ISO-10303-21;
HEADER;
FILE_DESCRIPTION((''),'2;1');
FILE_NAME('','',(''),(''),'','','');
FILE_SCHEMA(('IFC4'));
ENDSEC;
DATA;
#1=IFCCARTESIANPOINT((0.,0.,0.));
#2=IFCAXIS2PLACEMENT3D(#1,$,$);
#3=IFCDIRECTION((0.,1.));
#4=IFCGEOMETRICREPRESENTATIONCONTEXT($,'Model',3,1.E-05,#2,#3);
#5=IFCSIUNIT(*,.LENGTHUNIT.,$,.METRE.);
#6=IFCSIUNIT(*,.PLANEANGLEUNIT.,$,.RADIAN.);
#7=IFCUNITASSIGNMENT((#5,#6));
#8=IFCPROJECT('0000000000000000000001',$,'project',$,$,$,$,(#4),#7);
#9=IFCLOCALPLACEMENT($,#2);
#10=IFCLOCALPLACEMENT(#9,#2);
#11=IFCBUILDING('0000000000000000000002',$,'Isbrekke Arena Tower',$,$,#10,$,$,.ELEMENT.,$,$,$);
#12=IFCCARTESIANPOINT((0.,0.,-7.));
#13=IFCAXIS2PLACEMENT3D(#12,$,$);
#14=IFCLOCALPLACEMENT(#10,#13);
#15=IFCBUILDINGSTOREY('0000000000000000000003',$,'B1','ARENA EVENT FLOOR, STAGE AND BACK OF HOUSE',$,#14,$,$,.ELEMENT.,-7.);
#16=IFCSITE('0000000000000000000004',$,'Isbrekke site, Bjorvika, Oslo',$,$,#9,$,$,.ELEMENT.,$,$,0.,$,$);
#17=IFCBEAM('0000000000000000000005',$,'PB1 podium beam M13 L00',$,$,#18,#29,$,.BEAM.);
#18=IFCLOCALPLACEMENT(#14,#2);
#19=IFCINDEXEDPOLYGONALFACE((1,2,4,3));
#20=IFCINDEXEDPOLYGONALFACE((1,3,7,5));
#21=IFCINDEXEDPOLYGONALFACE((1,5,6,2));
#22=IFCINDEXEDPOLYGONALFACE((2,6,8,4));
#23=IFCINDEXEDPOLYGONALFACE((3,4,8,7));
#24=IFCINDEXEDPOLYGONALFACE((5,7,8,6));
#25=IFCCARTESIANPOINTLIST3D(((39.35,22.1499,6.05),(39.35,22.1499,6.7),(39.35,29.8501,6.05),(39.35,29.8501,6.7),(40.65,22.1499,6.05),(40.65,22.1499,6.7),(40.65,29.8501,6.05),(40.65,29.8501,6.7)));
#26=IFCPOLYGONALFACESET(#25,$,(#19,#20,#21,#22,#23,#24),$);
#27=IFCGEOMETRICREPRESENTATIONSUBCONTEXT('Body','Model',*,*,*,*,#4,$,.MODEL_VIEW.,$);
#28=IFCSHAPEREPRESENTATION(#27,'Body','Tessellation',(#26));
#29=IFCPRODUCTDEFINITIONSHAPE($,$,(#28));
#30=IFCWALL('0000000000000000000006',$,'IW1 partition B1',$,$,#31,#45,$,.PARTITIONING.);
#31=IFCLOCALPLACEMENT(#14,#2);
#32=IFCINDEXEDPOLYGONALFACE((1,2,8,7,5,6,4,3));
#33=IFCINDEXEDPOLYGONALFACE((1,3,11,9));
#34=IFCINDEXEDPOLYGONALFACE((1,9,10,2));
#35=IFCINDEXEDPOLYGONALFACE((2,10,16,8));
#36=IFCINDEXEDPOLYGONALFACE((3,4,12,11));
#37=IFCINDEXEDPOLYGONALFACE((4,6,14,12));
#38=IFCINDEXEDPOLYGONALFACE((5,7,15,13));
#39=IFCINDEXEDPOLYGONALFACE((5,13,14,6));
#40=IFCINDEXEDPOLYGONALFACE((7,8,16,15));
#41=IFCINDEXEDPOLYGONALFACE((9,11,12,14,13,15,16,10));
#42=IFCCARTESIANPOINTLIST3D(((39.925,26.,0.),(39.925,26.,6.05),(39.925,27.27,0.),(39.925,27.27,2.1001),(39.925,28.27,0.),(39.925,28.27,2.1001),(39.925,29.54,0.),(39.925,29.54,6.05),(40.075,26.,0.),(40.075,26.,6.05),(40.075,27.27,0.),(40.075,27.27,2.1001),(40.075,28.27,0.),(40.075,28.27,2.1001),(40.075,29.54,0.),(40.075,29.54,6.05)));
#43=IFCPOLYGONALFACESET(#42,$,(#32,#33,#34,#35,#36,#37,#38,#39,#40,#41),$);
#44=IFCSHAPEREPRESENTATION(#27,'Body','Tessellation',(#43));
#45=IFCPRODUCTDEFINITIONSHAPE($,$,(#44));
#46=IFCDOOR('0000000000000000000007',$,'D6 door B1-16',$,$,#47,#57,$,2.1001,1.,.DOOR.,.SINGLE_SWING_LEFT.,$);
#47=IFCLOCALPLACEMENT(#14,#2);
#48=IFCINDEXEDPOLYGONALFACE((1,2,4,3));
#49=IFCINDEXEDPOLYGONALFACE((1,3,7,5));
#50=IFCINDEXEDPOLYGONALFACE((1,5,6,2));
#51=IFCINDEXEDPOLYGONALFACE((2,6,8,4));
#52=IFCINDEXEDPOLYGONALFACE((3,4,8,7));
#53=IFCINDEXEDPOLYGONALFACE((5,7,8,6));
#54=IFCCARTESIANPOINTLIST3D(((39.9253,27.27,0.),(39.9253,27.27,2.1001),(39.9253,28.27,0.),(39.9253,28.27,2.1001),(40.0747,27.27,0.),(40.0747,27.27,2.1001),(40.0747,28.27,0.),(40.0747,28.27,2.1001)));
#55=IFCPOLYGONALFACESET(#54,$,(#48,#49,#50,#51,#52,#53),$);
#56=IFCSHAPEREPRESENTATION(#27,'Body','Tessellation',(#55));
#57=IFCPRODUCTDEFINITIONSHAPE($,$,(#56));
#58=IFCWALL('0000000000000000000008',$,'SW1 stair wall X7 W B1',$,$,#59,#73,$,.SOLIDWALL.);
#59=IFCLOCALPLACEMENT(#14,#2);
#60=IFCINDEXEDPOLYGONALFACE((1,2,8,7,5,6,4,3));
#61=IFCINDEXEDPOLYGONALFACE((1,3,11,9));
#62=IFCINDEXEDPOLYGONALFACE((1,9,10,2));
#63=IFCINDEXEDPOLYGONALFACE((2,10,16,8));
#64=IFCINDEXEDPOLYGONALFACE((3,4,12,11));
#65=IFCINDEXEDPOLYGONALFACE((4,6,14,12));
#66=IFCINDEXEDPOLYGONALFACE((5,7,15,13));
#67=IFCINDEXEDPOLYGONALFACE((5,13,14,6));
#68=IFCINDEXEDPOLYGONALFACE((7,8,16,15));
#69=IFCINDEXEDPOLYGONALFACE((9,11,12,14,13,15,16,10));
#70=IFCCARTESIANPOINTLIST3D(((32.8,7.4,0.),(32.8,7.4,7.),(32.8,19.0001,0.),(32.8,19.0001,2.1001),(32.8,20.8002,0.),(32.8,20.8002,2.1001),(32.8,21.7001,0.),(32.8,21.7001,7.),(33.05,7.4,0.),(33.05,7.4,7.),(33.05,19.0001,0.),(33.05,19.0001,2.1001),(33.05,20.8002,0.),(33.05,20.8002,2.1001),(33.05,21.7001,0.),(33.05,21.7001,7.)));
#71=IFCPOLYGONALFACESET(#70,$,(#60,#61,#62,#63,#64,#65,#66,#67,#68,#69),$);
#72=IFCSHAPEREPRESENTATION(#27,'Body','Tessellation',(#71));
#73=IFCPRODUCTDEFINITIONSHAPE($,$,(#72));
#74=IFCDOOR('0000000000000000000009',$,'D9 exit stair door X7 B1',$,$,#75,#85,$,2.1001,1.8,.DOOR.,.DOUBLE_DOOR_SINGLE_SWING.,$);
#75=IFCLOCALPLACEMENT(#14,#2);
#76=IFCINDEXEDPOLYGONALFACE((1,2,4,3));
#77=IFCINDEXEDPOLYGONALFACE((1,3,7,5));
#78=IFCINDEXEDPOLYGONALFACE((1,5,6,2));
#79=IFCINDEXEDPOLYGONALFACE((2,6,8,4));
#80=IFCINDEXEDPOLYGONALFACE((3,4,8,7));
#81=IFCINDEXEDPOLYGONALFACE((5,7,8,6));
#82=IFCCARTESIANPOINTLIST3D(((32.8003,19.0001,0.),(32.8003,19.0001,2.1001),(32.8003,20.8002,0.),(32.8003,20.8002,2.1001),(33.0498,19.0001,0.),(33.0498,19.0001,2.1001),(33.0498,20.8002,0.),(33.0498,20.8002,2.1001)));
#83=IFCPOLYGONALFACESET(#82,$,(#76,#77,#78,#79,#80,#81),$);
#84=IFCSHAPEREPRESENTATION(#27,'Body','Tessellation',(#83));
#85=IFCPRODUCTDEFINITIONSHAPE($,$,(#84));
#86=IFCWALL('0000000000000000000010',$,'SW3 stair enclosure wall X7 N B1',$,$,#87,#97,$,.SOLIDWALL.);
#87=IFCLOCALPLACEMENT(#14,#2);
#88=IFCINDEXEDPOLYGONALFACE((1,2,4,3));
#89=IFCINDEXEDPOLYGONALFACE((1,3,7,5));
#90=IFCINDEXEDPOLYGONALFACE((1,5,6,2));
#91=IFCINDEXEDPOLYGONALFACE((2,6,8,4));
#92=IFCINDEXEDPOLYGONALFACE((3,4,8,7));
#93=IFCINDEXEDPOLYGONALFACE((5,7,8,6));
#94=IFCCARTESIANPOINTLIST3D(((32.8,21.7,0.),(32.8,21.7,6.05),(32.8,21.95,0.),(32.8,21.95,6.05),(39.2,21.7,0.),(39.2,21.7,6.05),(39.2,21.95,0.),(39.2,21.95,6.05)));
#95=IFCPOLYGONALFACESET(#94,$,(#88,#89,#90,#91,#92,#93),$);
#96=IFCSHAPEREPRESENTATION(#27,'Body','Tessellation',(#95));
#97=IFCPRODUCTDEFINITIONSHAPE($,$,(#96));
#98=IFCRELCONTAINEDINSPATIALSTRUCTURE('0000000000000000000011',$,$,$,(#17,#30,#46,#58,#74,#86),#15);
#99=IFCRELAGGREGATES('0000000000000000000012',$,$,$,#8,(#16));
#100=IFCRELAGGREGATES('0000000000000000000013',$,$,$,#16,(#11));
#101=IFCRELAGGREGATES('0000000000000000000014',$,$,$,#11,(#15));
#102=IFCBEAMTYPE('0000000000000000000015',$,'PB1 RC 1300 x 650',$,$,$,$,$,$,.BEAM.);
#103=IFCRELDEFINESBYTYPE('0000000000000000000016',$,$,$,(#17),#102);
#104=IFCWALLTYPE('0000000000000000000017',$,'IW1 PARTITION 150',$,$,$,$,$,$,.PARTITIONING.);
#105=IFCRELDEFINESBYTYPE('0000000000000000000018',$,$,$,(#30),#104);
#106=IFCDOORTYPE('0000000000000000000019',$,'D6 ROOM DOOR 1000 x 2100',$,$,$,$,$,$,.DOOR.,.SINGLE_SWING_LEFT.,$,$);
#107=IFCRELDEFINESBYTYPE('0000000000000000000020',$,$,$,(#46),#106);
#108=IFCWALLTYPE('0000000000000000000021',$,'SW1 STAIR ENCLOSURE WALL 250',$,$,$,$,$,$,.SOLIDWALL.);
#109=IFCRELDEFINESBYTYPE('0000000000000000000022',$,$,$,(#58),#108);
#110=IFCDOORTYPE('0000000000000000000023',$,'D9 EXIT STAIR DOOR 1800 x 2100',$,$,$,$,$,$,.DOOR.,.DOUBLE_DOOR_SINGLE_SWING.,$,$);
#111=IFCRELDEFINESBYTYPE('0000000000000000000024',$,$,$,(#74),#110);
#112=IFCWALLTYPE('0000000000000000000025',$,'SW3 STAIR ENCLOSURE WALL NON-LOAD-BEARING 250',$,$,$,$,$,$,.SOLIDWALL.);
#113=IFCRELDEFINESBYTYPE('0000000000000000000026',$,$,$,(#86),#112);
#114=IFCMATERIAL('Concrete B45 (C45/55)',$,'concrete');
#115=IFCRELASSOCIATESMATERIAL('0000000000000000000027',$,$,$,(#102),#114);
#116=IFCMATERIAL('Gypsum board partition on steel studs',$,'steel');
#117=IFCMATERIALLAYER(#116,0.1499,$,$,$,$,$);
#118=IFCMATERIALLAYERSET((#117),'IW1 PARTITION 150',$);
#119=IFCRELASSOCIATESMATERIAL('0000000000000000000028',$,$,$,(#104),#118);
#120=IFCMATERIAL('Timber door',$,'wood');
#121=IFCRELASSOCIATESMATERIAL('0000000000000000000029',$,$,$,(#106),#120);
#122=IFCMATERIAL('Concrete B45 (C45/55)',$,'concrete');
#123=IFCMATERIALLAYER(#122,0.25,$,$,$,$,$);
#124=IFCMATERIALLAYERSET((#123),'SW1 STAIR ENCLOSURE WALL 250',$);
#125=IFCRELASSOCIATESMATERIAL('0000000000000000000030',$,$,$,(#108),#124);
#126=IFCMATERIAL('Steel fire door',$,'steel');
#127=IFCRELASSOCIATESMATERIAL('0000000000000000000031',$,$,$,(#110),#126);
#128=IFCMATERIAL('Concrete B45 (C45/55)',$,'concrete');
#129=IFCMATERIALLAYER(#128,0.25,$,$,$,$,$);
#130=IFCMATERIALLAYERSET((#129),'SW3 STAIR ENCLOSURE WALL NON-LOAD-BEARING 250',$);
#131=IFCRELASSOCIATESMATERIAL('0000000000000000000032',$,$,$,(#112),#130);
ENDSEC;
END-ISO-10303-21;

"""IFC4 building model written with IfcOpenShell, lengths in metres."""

from ifc_helpers import new_model, si_unit, direction, frame, frame_2d, origin, origin_2d, place, context, subcontext, project, spatial, rectangle, extrude, material, layer, layer_set, material_profile, profile_set, type_object, element, fill, save


model = new_model("IFC4")

# Units and contexts
model_context = context("Model", 3, precision=1e-05, world=origin(), true_north=direction((0.0, 1.0)))
body_context = subcontext(model_context, "Body", "Model", "MODEL_VIEW")
ifc_project = project(units=[si_unit("LENGTHUNIT", "METRE"), si_unit("PLANEANGLEUNIT", "RADIAN")], contexts=[model_context])

# Site, building, storey
site_placement = place(None, origin())
site = spatial("IfcSite", under=ifc_project, at=site_placement, Name="Isbrekke site, Bjorvika, Oslo", CompositionType="ELEMENT", RefElevation=0.0)
building_placement = place(site_placement, origin())
building = spatial("IfcBuilding", under=site, at=building_placement, Name="Isbrekke Arena Tower", CompositionType="ELEMENT")
storey_placement = place(building_placement, frame((0.0, 0.0, -7.0)))
storey = spatial("IfcBuildingStorey", under=building, at=storey_placement, Name="B1", Description="ARENA EVENT FLOOR, STAGE AND BACK OF HOUSE", CompositionType="ELEMENT", Elevation=-7.0)

# Beam
ifc_material_1 = material(Name="Concrete B45 (C45/55)", Category="concrete")
ifc_material_profile_1 = material_profile(ifc_material_1, rectangle(XDim=1.3, YDim=0.6499, at=origin_2d()), Name="RC 1300x650")
ifc_profile_set_1 = profile_set([ifc_material_profile_1], Name="Concrete B45 (C45/55)")
beam_type = type_object("IfcBeamType", Name="PB1 RC 1300 x 650", PredefinedType="BEAM", material=ifc_profile_set_1)
for number, where, z_axis, x_axis, name in (
    (1, (40.0, 22.1499, 6.375), (0.0, 1.0, 0.0), (-1.0, 0.0, 0.0), "PB1 podium beam M13 L00"),
):
    element("IfcBeam", number, at=place(storey_placement, frame(where, z_axis=z_axis, x_axis=x_axis)), inside=storey, type_object=beam_type, Name=name, PredefinedType="BEAM", context=body_context, shape_type="SweptSolid", body=[
        extrude(rectangle(XDim=1.3, YDim=0.6499, at=origin_2d()), origin(), (0.0, 0.0, 1.0), 7.7002),
    ])

# Walls, openings, doors
ifc_material_2 = material(Name="Gypsum board partition on steel studs", Category="steel")
ifc_layer_1 = layer(ifc_material_2, 0.1499)
ifc_layer_set_1 = layer_set([ifc_layer_1], Name="IW1 PARTITION 150")
wall_type_1 = type_object("IfcWallType", Name="IW1 PARTITION 150", PredefinedType="PARTITIONING", material=ifc_layer_set_1)
wall_1_placement = place(storey_placement, frame((40.0, 26.0, 0.0), z_axis=(0.0, 0.0, 1.0), x_axis=(0.0, 1.0, 0.0)))
wall_1 = element("IfcWall", 2, at=wall_1_placement, inside=storey, type_object=wall_type_1, Name="IW1 partition B1", PredefinedType="PARTITIONING", context=body_context, shape_type="SweptSolid", body=[
    extrude(rectangle(XDim=3.54, YDim=0.1499, at=frame_2d((1.77, 0.0))), origin(), (0.0, 0.0, 1.0), 6.05),
])
opening_1_placement = place(wall_1_placement, frame((1.27, 0.0, 0.0)))
opening_1 = element("IfcOpeningElement", 3, at=opening_1_placement, cuts=wall_1, PredefinedType="OPENING", context=body_context, shape_type="SweptSolid", body=[
    extrude(rectangle(XDim=1.0, YDim=2.1001, at=frame_2d((0.5, 1.05))), frame((0.0, 0.0898, 0.0), z_axis=(0.0, -1.0, 0.0), x_axis=(1.0, 0.0, 0.0)), (0.0, 0.0, 1.0), 0.1797),
])
ifc_material_3 = material(Name="Timber door", Category="wood")
door_type_1 = type_object("IfcDoorType", Name="D6 ROOM DOOR 1000 x 2100", OperationType="SINGLE_SWING_LEFT", PredefinedType="DOOR", material=ifc_material_3)
door_1_placement = place(opening_1_placement, origin())
door_1 = element("IfcDoor", 4, at=door_1_placement, inside=storey, type_object=door_type_1, Name="D6 door B1-16", OperationType="SINGLE_SWING_LEFT", OverallHeight=2.1001, OverallWidth=1.0, PredefinedType="DOOR", context=body_context, shape_type="SweptSolid", body=[
    extrude(rectangle(XDim=1.0, YDim=2.1001, at=frame_2d((0.5, 1.05))), frame((0.0, 0.0747, 0.0), z_axis=(0.0, -1.0, 0.0), x_axis=(1.0, 0.0, 0.0)), (0.0, 0.0, 1.0), 0.1494),
])
fill(opening_1, door_1)
ifc_material_4 = material(Name="Concrete B45 (C45/55)", Category="concrete")
ifc_layer_2 = layer(ifc_material_4, 0.25)
ifc_layer_set_2 = layer_set([ifc_layer_2], Name="SW1 STAIR ENCLOSURE WALL 250")
wall_type_2 = type_object("IfcWallType", Name="SW1 STAIR ENCLOSURE WALL 250", PredefinedType="SOLIDWALL", material=ifc_layer_set_2)
wall_2_placement = place(storey_placement, frame((32.925, 21.7, 0.0), z_axis=(0.0, 0.0, 1.0), x_axis=(0.0, -1.0, 0.0)))
wall_2 = element("IfcWall", 5, at=wall_2_placement, inside=storey, type_object=wall_type_2, Name="SW1 stair wall X7 W B1", PredefinedType="SOLIDWALL", context=body_context, shape_type="SweptSolid", body=[
    extrude(rectangle(XDim=14.3, YDim=0.25, at=frame_2d((7.1499, 0.0))), origin(), (0.0, 0.0, 1.0), 7.0),
])
opening_2_placement = place(wall_2_placement, frame((0.8999, 0.0, 0.0)))
opening_2 = element("IfcOpeningElement", 6, at=opening_2_placement, cuts=wall_2, PredefinedType="OPENING", context=body_context, shape_type="SweptSolid", body=[
    extrude(rectangle(XDim=1.8, YDim=2.1001, at=frame_2d((0.8999, 1.05))), frame((0.0, 0.1399, 0.0), z_axis=(0.0, -1.0, 0.0), x_axis=(1.0, 0.0, 0.0)), (0.0, 0.0, 1.0), 0.2798),
])
ifc_material_5 = material(Name="Steel fire door", Category="steel")
door_type_2 = type_object("IfcDoorType", Name="D9 EXIT STAIR DOOR 1800 x 2100", OperationType="DOUBLE_DOOR_SINGLE_SWING", PredefinedType="DOOR", material=ifc_material_5)
door_2_placement = place(opening_2_placement, origin())
door_2 = element("IfcDoor", 7, at=door_2_placement, inside=storey, type_object=door_type_2, Name="D9 exit stair door X7 B1", OperationType="DOUBLE_DOOR_SINGLE_SWING", OverallHeight=2.1001, OverallWidth=1.8, PredefinedType="DOOR", context=body_context, shape_type="SweptSolid", body=[
    extrude(rectangle(XDim=1.8, YDim=2.1001, at=frame_2d((0.8999, 1.05))), frame((0.0, 0.1248, 0.0), z_axis=(0.0, -1.0, 0.0), x_axis=(1.0, 0.0, 0.0)), (0.0, 0.0, 1.0), 0.2495),
])
fill(opening_2, door_2)

# Wall
ifc_material_6 = material(Name="Concrete B45 (C45/55)", Category="concrete")
ifc_layer_3 = layer(ifc_material_6, 0.25)
ifc_layer_set_3 = layer_set([ifc_layer_3], Name="SW3 STAIR ENCLOSURE WALL NON-LOAD-BEARING 250")
wall_type_3 = type_object("IfcWallType", Name="SW3 STAIR ENCLOSURE WALL NON-LOAD-BEARING 250", PredefinedType="SOLIDWALL", material=ifc_layer_set_3)
wall_3_placement = place(storey_placement, frame((39.2, 21.825, 0.0), z_axis=(0.0, 0.0, 1.0), x_axis=(-1.0, 0.0, 0.0)))
element("IfcWall", 8, at=wall_3_placement, inside=storey, type_object=wall_type_3, Name="SW3 stair enclosure wall X7 N B1", PredefinedType="SOLIDWALL", context=body_context, shape_type="SweptSolid", body=[
    extrude(rectangle(XDim=6.3999, YDim=0.25, at=frame_2d((3.2, 0.0))), origin(), (0.0, 0.0, 1.0), 6.05),
])

save(model, "model.ifc")
